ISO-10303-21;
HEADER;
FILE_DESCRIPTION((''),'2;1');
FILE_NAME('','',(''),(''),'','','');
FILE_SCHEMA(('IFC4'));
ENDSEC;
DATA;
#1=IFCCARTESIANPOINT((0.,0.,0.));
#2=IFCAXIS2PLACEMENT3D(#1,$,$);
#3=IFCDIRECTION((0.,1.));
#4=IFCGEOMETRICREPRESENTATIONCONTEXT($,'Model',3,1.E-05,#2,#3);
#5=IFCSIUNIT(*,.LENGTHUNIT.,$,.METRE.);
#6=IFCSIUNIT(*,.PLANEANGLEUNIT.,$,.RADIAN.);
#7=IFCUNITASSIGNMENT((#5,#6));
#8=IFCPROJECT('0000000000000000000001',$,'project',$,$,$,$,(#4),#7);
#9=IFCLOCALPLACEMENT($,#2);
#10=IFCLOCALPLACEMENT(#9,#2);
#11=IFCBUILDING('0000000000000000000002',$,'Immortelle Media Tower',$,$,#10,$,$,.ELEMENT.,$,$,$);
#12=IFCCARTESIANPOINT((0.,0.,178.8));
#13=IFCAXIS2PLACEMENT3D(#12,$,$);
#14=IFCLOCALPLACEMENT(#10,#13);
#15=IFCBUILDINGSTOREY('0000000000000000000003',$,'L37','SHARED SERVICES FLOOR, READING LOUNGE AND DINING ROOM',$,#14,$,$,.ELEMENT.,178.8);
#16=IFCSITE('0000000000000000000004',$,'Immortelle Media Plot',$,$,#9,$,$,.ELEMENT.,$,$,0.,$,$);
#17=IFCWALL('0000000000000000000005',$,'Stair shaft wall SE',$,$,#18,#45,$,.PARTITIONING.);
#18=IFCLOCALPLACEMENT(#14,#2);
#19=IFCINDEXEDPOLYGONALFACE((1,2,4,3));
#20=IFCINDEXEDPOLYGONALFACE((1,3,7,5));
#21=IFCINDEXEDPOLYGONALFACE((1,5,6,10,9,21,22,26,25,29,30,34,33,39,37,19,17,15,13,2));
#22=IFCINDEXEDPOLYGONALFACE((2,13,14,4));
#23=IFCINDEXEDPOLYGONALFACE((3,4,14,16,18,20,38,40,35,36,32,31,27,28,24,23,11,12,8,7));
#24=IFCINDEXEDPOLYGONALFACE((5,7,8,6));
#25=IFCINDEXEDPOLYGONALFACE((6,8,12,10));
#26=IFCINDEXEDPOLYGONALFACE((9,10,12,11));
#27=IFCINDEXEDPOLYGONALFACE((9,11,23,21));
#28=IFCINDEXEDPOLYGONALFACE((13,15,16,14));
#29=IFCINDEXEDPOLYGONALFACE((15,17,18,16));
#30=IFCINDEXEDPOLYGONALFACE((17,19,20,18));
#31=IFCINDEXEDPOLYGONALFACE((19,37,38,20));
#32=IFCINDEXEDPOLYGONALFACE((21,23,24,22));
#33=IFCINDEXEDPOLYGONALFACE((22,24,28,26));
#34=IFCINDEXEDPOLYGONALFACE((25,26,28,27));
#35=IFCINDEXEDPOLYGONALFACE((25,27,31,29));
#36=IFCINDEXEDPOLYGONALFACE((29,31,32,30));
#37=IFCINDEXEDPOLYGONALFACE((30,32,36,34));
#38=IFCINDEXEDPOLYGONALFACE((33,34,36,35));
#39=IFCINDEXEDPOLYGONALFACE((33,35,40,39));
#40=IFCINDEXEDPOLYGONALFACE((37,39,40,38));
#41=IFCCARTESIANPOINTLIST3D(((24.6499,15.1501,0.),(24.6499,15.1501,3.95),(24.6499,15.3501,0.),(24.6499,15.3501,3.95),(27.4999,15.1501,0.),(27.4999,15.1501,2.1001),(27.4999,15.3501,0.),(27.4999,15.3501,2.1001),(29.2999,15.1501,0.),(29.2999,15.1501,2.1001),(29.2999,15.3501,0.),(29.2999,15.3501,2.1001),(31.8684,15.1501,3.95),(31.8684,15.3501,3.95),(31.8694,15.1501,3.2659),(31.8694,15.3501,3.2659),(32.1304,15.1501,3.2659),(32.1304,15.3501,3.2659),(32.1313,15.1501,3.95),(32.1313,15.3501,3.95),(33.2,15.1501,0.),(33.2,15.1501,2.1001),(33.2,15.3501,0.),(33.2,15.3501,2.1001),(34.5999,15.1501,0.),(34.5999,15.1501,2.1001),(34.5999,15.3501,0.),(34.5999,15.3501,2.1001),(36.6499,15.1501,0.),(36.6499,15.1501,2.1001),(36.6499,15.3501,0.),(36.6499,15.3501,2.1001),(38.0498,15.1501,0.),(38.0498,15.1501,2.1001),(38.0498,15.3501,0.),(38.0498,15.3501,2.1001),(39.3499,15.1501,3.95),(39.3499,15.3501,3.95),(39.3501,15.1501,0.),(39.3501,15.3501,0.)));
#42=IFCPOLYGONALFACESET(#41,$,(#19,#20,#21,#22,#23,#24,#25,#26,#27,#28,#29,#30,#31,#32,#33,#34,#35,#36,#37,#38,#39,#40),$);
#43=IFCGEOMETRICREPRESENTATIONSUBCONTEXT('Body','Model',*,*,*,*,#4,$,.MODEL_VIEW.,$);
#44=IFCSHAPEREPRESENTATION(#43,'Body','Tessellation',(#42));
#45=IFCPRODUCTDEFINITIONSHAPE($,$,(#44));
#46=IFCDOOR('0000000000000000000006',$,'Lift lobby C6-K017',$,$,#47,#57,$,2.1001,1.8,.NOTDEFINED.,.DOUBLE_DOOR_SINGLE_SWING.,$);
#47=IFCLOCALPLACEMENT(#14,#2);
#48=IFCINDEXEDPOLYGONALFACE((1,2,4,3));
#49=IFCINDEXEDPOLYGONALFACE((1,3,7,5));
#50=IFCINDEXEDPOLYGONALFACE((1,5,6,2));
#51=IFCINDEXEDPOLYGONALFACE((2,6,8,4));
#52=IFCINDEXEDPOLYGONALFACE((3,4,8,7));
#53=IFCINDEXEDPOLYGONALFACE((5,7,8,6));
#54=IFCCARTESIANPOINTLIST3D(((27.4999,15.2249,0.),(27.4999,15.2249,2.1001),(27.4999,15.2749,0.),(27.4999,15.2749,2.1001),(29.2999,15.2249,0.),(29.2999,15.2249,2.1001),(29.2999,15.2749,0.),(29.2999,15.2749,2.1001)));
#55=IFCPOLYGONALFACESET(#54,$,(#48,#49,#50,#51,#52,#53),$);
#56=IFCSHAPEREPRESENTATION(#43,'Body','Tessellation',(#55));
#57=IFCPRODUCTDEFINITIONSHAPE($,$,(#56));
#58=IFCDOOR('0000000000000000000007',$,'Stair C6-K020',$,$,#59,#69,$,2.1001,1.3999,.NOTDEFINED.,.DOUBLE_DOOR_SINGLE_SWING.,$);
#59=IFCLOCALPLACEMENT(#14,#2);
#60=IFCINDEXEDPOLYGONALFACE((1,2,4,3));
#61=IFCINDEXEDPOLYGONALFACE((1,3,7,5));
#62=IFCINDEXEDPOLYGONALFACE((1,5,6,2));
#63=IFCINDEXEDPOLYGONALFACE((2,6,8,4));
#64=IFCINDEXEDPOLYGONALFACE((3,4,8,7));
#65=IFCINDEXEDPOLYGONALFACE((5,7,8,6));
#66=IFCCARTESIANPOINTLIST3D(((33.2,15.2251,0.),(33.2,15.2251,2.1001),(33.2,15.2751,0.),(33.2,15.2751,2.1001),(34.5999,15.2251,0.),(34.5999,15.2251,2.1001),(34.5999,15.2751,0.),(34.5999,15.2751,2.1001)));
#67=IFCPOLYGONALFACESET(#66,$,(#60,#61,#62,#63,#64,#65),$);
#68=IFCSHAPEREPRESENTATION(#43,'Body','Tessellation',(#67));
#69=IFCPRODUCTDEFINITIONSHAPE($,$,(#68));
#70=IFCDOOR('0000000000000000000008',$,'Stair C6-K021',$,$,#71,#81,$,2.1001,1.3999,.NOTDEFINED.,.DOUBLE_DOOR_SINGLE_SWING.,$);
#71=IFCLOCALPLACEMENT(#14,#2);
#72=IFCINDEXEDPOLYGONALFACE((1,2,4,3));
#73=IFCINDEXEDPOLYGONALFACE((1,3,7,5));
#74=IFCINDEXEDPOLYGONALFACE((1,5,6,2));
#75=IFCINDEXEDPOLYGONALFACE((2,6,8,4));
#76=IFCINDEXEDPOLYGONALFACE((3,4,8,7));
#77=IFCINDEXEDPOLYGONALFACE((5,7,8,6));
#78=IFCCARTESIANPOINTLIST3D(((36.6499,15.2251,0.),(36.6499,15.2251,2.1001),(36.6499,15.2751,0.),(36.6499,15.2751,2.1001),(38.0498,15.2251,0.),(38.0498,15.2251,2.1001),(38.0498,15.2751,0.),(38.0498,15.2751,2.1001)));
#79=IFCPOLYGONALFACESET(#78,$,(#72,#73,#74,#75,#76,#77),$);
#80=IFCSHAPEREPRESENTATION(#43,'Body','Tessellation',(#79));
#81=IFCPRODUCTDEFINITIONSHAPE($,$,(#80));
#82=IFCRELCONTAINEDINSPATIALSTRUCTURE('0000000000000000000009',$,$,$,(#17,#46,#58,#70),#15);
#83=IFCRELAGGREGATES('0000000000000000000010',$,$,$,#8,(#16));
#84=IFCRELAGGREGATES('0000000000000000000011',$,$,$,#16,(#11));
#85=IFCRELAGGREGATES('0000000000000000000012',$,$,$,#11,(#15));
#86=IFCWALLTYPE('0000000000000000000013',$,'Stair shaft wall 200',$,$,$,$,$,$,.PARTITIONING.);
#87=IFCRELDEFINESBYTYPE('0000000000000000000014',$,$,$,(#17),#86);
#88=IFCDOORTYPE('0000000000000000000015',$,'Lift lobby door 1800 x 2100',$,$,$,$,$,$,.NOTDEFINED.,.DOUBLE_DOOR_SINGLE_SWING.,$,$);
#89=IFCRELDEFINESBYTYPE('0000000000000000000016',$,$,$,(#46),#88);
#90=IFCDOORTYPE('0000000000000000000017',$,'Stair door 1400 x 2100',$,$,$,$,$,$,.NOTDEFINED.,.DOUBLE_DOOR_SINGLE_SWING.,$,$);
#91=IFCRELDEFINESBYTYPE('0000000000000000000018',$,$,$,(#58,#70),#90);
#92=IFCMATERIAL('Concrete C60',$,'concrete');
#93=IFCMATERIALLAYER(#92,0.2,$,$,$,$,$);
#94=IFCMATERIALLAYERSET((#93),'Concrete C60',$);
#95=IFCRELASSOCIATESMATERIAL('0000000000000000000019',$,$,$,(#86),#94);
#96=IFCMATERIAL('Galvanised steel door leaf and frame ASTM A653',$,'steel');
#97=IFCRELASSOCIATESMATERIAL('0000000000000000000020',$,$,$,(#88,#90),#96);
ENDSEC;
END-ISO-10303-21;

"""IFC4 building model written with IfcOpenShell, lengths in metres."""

from ifc_helpers import new_model, si_unit, direction, frame, frame_2d, origin, place, context, subcontext, project, spatial, polyline, rectangle, outline, extrude, material, layer, layer_set, type_object, element, fill, save


model = new_model("IFC4")

# Units and contexts
model_context = context("Model", 3, precision=1e-05, world=origin(), true_north=direction((0.0, 1.0)))
body_context = subcontext(model_context, "Body", "Model", "MODEL_VIEW")
ifc_project = project(units=[si_unit("LENGTHUNIT", "METRE"), si_unit("PLANEANGLEUNIT", "RADIAN")], contexts=[model_context])

# Site, building, storey
site_placement = place(None, origin())
site = spatial("IfcSite", under=ifc_project, at=site_placement, Name="Immortelle Media Plot", CompositionType="ELEMENT", RefElevation=0.0)
building_placement = place(site_placement, origin())
building = spatial("IfcBuilding", under=site, at=building_placement, Name="Immortelle Media Tower", CompositionType="ELEMENT")
storey_placement = place(building_placement, frame((0.0, 0.0, 178.8)))
storey = spatial("IfcBuildingStorey", under=building, at=storey_placement, Name="L37", Description="SHARED SERVICES FLOOR, READING LOUNGE AND DINING ROOM", CompositionType="ELEMENT", Elevation=178.8)

# Shared definitions
ifc_material_1 = material(Name="Concrete C60", Category="concrete")
ifc_layer_1 = layer(ifc_material_1, 0.2)
ifc_layer_set_1 = layer_set([ifc_layer_1], Name="Concrete C60")
wall_type_1 = type_object("IfcWallType", Name="Stair shaft wall 200", PredefinedType="PARTITIONING", material=ifc_layer_set_1)

# Wall, openings, doors
wall_1_placement = place(storey_placement, frame((24.6499, 15.25, 0.0), z_axis=(0.0, 0.0, 1.0), x_axis=(1.0, 0.0, 0.0)))
wall_1 = element("IfcWall", 1, at=wall_1_placement, inside=storey, type_object=wall_type_1, Name="Stair shaft wall SE", PredefinedType="PARTITIONING", context=body_context, shape_type="SweptSolid", body=[
    extrude(outline(polyline([(0.0, 0.0), (14.7002, 0.0), (14.7, 3.95), (7.4814, 3.95), (7.4805, 3.2659), (7.2195, 3.2659), (7.2185, 3.95), (0.0, 3.95), (0.0, 0.0)])), frame((0.0, 0.1001, 0.0), z_axis=(0.0, -1.0, 0.0), x_axis=(1.0, 0.0, 0.0)), (0.0, 0.0, 1.0), 0.2),
])
opening_1_placement = place(wall_1_placement, frame((2.8501, 0.0, 0.0)))
opening_1 = element("IfcOpeningElement", 2, at=opening_1_placement, cuts=wall_1, PredefinedType="OPENING", context=body_context, shape_type="SweptSolid", body=[
    extrude(rectangle(XDim=1.8, YDim=2.1001, at=frame_2d((0.8999, 1.05))), frame((0.0, 0.1099, 0.0), z_axis=(0.0, -1.0, 0.0), x_axis=(1.0, 0.0, 0.0)), (0.0, 0.0, 1.0), 0.22),
])
opening_2_placement = place(wall_1_placement, frame((9.95, 0.0, 0.0), z_axis=(0.0, 0.0, 1.0), x_axis=(-1.0, 0.0, 0.0)))
opening_2 = element("IfcOpeningElement", 3, at=opening_2_placement, cuts=wall_1, PredefinedType="OPENING", context=body_context, shape_type="SweptSolid", body=[
    extrude(rectangle(XDim=1.3999, YDim=2.1001, at=frame_2d((0.7, 1.05))), frame((0.0, 0.1099, 0.0), z_axis=(0.0, -1.0, 0.0), x_axis=(1.0, 0.0, 0.0)), (0.0, 0.0, 1.0), 0.22),
])
opening_3_placement = place(wall_1_placement, frame((13.3999, 0.0, 0.0), z_axis=(0.0, 0.0, 1.0), x_axis=(-1.0, 0.0, 0.0)))
opening_3 = element("IfcOpeningElement", 4, at=opening_3_placement, cuts=wall_1, PredefinedType="OPENING", context=body_context, shape_type="SweptSolid", body=[
    extrude(rectangle(XDim=1.3999, YDim=2.1001, at=frame_2d((0.7, 1.05))), frame((0.0, 0.1099, 0.0), z_axis=(0.0, -1.0, 0.0), x_axis=(1.0, 0.0, 0.0)), (0.0, 0.0, 1.0), 0.22),
])
ifc_material_2 = material(Name="Galvanised steel door leaf and frame ASTM A653", Category="steel")
door_type_1 = type_object("IfcDoorType", Name="Lift lobby door 1800 x 2100", OperationType="DOUBLE_DOOR_SINGLE_SWING", PredefinedType="NOTDEFINED", material=ifc_material_2)
door_1_placement = place(opening_1_placement, origin())
door_1 = element("IfcDoor", 5, at=door_1_placement, inside=storey, type_object=door_type_1, Name="Lift lobby C6-K017", OperationType="DOUBLE_DOOR_SINGLE_SWING", OverallHeight=2.1001, OverallWidth=1.8, PredefinedType="NOTDEFINED", context=body_context, shape_type="SweptSolid", body=[
    extrude(rectangle(XDim=1.8, YDim=2.1001, at=frame_2d((0.8999, 1.05))), frame((0.0, 0.0249, 0.0), z_axis=(0.0, -1.0, 0.0), x_axis=(1.0, 0.0, 0.0)), (0.0, 0.0, 1.0), 0.05),
])
fill(opening_1, door_1)
door_type_2 = type_object("IfcDoorType", Name="Stair door 1400 x 2100", OperationType="DOUBLE_DOOR_SINGLE_SWING", PredefinedType="NOTDEFINED", material=ifc_material_2)
door_2_placement = place(opening_2_placement, origin())
door_2 = element("IfcDoor", 6, at=door_2_placement, inside=storey, type_object=door_type_2, Name="Stair C6-K020", OperationType="DOUBLE_DOOR_SINGLE_SWING", OverallHeight=2.1001, OverallWidth=1.3999, PredefinedType="NOTDEFINED", context=body_context, shape_type="SweptSolid", body=[
    extrude(rectangle(XDim=1.3999, YDim=2.1001, at=frame_2d((0.7, 1.05))), frame((0.0, 0.0249, 0.0), z_axis=(0.0, -1.0, 0.0), x_axis=(1.0, 0.0, 0.0)), (0.0, 0.0, 1.0), 0.05),
])
fill(opening_2, door_2)
door_3_placement = place(opening_3_placement, origin())
door_3 = element("IfcDoor", 7, at=door_3_placement, inside=storey, type_object=door_type_2, Name="Stair C6-K021", OperationType="DOUBLE_DOOR_SINGLE_SWING", OverallHeight=2.1001, OverallWidth=1.3999, PredefinedType="NOTDEFINED", context=body_context, shape_type="SweptSolid", body=[
    extrude(rectangle(XDim=1.3999, YDim=2.1001, at=frame_2d((0.7, 1.05))), frame((0.0, 0.0249, 0.0), z_axis=(0.0, -1.0, 0.0), x_axis=(1.0, 0.0, 0.0)), (0.0, 0.0, 1.0), 0.05),
])
fill(opening_3, door_3)

save(model, "model.ifc")
